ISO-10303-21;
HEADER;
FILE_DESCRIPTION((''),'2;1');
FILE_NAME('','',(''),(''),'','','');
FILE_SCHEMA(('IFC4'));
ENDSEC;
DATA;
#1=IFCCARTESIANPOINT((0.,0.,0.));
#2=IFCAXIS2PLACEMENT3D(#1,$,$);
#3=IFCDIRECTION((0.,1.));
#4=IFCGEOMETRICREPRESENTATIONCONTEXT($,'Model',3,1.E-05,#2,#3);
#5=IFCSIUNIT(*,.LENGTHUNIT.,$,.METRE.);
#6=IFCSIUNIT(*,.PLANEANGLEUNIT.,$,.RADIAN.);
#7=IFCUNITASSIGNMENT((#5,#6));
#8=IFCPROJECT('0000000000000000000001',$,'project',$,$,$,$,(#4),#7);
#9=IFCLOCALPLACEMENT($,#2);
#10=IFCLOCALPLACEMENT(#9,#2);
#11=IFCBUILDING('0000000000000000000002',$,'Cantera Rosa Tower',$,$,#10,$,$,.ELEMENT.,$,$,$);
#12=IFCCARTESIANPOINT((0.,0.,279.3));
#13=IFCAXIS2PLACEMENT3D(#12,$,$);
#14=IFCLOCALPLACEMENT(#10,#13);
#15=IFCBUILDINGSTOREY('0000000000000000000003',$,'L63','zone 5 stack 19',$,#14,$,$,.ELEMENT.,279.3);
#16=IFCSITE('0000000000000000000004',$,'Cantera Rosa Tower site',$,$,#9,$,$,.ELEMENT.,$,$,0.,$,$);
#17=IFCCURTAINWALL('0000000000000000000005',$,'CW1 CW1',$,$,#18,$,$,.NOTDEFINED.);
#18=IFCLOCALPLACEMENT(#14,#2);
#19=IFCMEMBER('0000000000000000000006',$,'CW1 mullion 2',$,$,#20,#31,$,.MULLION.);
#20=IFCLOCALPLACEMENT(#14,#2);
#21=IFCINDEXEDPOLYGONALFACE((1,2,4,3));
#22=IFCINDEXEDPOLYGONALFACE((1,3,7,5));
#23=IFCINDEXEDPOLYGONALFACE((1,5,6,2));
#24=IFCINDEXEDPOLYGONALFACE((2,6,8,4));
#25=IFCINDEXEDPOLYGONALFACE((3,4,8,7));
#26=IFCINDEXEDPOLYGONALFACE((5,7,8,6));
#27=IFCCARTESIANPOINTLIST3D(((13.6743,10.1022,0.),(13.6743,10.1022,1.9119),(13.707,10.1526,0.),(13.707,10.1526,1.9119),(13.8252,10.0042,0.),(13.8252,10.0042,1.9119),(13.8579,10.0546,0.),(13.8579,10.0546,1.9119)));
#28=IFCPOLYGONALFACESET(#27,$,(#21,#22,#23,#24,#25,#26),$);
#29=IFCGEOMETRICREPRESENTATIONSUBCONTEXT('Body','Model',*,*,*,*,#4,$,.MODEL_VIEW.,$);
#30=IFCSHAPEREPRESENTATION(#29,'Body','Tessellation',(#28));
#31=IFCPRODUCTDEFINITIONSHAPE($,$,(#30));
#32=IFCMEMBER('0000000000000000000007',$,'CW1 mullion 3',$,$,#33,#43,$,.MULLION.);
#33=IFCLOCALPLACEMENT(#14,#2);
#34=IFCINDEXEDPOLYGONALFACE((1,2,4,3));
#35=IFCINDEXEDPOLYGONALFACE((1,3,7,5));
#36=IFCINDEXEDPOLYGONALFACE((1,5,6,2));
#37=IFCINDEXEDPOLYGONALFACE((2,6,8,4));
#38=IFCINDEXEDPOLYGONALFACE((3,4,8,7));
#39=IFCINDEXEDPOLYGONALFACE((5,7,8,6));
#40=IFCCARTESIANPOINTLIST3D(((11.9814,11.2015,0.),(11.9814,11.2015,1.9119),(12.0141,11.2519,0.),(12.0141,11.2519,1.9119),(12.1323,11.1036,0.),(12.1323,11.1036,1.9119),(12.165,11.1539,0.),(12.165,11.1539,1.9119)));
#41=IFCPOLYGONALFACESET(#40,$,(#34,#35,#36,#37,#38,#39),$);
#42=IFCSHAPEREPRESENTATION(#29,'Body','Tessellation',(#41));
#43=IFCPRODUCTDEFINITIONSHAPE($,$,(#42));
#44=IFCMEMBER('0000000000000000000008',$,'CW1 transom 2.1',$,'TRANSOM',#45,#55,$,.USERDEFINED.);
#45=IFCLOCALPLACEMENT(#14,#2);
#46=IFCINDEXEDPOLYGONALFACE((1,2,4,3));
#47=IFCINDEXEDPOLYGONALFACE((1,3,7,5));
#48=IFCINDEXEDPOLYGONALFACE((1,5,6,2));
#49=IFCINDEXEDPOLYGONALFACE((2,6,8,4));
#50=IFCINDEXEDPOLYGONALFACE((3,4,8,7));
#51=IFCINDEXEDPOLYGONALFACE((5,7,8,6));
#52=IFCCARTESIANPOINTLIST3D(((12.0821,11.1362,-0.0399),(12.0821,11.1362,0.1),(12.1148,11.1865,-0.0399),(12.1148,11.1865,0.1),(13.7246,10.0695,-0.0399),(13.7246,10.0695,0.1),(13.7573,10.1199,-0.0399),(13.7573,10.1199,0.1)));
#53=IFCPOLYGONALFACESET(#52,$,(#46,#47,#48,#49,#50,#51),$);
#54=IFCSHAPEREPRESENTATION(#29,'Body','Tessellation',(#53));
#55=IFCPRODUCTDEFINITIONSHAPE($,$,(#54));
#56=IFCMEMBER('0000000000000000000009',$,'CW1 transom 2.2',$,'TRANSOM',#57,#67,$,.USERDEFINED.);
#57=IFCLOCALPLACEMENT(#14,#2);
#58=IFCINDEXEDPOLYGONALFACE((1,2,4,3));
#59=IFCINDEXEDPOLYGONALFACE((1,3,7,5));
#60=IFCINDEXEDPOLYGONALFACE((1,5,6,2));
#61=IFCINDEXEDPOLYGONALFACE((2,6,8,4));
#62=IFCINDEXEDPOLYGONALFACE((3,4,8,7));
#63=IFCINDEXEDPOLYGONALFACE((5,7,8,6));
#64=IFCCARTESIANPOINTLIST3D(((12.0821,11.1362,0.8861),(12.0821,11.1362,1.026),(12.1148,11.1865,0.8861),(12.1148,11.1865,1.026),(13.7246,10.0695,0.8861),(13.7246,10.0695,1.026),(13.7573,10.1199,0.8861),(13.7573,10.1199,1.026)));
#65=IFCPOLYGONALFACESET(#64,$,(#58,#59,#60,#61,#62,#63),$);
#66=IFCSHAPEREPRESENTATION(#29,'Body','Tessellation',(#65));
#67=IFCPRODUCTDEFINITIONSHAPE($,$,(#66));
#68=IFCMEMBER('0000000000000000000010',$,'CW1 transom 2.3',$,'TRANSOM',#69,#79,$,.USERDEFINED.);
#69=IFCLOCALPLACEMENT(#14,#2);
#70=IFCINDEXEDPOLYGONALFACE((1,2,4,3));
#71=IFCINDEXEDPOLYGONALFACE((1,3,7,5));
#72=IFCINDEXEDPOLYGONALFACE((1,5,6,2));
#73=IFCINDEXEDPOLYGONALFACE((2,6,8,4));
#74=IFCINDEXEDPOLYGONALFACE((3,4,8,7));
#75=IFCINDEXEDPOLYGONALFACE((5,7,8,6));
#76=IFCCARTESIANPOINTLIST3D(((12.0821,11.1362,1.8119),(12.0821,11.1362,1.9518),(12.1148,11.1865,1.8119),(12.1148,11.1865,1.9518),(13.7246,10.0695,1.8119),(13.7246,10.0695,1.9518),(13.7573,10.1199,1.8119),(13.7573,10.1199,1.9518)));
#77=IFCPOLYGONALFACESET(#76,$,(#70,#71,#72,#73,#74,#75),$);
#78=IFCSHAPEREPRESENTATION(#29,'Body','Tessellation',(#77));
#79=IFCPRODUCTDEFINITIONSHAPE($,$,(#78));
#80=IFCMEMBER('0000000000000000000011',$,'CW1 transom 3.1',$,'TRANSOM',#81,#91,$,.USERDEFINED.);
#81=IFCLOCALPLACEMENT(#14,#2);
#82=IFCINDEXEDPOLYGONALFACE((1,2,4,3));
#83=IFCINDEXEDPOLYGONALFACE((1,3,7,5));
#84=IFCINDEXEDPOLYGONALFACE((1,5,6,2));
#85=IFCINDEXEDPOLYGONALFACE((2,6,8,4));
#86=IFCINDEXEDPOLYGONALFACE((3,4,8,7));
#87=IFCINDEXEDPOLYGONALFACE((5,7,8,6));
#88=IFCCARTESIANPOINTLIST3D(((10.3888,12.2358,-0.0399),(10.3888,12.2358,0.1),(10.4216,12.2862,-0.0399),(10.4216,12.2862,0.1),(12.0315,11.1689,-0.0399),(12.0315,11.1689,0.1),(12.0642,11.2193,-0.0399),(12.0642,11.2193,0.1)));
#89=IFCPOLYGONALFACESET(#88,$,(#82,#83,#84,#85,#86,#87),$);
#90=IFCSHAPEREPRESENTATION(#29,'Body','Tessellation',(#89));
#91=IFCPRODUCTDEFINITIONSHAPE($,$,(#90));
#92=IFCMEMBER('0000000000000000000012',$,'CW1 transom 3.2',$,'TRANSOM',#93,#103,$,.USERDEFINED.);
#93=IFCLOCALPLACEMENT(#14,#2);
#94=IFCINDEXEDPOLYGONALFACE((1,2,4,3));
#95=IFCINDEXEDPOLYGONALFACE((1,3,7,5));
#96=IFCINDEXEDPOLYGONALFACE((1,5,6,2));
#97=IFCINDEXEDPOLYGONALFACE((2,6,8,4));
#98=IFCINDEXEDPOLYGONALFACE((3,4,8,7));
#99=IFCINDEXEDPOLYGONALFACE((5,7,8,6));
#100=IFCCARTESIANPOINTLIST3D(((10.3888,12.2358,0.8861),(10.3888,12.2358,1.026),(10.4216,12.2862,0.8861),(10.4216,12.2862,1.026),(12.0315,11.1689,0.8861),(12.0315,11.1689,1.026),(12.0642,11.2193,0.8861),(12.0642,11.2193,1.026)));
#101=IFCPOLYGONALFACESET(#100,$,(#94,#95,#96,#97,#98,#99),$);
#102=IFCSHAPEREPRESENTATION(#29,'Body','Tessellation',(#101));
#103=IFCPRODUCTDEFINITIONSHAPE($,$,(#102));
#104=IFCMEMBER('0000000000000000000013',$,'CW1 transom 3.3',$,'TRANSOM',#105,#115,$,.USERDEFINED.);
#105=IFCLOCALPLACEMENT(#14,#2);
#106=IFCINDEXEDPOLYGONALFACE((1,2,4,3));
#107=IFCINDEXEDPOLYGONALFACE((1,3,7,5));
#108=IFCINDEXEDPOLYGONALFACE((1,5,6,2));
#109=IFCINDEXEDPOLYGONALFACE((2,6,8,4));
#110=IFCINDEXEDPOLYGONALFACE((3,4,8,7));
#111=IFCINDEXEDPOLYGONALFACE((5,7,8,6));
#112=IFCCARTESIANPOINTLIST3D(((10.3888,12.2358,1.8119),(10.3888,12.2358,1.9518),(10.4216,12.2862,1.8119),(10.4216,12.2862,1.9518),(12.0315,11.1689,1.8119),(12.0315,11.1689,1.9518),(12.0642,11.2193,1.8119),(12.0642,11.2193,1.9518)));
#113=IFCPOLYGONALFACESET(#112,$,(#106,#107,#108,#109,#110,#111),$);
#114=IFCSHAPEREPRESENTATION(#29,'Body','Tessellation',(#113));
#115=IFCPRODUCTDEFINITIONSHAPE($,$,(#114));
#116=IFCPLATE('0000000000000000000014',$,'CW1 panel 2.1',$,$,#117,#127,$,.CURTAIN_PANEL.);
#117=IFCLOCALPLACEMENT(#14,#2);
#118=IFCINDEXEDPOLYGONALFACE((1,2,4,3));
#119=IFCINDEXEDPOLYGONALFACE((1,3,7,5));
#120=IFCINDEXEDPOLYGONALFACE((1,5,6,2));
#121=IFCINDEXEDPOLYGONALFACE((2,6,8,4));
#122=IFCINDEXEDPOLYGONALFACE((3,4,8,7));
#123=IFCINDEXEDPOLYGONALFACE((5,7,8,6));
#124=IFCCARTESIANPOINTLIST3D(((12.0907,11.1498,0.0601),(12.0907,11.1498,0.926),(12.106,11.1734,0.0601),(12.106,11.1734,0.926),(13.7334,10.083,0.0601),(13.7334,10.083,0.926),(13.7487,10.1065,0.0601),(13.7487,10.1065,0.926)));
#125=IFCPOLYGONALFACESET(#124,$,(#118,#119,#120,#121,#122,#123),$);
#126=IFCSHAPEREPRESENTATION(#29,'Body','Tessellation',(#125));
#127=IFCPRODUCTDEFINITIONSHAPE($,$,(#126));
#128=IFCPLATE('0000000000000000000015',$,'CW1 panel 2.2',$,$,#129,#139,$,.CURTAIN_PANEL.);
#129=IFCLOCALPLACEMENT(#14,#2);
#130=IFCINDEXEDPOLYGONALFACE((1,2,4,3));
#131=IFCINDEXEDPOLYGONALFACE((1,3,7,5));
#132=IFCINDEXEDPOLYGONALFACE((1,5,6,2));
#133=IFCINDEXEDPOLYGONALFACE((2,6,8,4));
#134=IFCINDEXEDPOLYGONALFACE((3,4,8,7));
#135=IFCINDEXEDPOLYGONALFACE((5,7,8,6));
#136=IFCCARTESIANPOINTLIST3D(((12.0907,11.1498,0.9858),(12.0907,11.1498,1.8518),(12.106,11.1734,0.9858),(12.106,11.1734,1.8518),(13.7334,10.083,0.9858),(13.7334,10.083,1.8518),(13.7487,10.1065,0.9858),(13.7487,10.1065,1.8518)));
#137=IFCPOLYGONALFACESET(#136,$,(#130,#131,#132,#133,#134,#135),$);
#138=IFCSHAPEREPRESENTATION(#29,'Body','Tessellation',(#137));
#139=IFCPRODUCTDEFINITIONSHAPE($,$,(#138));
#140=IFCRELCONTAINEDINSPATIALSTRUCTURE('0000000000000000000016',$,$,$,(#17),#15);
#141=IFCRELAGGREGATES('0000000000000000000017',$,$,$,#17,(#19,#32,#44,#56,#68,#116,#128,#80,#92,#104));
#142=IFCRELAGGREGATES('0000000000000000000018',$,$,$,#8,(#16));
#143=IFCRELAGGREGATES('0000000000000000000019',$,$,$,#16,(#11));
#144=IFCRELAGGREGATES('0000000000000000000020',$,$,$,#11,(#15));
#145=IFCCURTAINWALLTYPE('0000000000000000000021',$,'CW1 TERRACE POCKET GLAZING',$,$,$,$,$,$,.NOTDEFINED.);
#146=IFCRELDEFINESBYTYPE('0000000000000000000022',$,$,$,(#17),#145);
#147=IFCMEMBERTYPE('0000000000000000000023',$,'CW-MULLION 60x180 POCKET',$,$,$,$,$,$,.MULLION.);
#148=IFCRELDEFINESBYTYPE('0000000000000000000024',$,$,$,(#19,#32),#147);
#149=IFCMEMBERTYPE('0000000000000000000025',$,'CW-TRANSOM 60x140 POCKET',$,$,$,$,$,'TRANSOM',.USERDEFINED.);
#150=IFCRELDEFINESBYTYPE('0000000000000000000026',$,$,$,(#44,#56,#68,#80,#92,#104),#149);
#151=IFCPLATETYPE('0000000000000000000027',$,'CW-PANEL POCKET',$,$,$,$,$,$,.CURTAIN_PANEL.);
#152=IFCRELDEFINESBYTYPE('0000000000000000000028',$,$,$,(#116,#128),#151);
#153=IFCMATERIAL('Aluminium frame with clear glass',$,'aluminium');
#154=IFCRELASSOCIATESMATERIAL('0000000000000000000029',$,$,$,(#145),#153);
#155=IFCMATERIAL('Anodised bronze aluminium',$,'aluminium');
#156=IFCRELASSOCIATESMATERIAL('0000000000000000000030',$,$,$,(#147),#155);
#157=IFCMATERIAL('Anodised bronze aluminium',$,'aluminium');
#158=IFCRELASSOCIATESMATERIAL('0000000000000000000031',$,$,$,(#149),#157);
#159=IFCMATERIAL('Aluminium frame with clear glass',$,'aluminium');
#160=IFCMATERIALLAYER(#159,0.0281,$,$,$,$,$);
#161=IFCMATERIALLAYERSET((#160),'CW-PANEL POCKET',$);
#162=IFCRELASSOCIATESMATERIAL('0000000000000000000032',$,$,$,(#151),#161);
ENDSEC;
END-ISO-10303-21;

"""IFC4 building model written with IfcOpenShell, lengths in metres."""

from ifc_helpers import new_model, si_unit, direction, frame, origin, origin_2d, place, context, subcontext, project, spatial, rectangle, extrude, material, layer, layer_set, material_profile, profile_set, type_object, element, aggregate, save


model = new_model("IFC4")

# Units and contexts
model_context = context("Model", 3, precision=1e-05, world=origin(), true_north=direction((0.0, 1.0)))
body_context = subcontext(model_context, "Body", "Model", "MODEL_VIEW")
ifc_project = project(units=[si_unit("LENGTHUNIT", "METRE"), si_unit("PLANEANGLEUNIT", "RADIAN")], contexts=[model_context])

# Site, building, storey
site_placement = place(None, origin())
site = spatial("IfcSite", under=ifc_project, at=site_placement, Name="Cantera Rosa Tower site", CompositionType="ELEMENT", RefElevation=0.0)
building_placement = place(site_placement, origin())
building = spatial("IfcBuilding", under=site, at=building_placement, Name="Cantera Rosa Tower", CompositionType="ELEMENT")
storey_placement = place(building_placement, frame((0.0, 0.0, 279.3)))
storey = spatial("IfcBuildingStorey", under=building, at=storey_placement, Name="L63", Description="zone 5 stack 19", CompositionType="ELEMENT", Elevation=279.3)

# Curtain wall, members, plates
ifc_material_1 = material(Name="Aluminium frame with clear glass", Category="aluminium")
curtain_wall_type = type_object("IfcCurtainWallType", Name="CW1 TERRACE POCKET GLAZING", PredefinedType="NOTDEFINED", material=ifc_material_1)
curtain_wall_placement = place(storey_placement, origin())
curtain_wall = element("IfcCurtainWall", 1, at=curtain_wall_placement, inside=storey, type_object=curtain_wall_type, Name="CW1 CW1", PredefinedType="NOTDEFINED")
ifc_material_2 = material(Name="Anodised bronze aluminium", Category="aluminium")
ifc_material_profile_1 = material_profile(ifc_material_2, rectangle(XDim=0.0601, YDim=0.1799, at=origin_2d()), Name="CW-MULLION 60x180 POCKET")
ifc_profile_set_1 = profile_set([ifc_material_profile_1], Name="Anodised bronze aluminium")
member_type_1 = type_object("IfcMemberType", Name="CW-MULLION 60x180 POCKET", PredefinedType="MULLION", material=ifc_profile_set_1)
member_1_placement = place(storey_placement, frame((13.7661, 10.0784, 0.0), z_axis=(0.0, 0.0, 1.0), x_axis=(-0.544639, -0.838671, 0.0)))
member_1 = element("IfcMember", 2, at=member_1_placement, type_object=member_type_1, Name="CW1 mullion 2", PredefinedType="MULLION", context=body_context, shape_type="SweptSolid", body=[
    extrude(rectangle(XDim=0.0601, YDim=0.1799, at=origin_2d()), origin(), (0.0, 0.0, 1.0), 1.9119),
])
member_2_placement = place(storey_placement, frame((12.0732, 11.1777, 0.0), z_axis=(0.0, 0.0, 1.0), x_axis=(-0.544639, -0.838671, 0.0)))
member_2 = element("IfcMember", 3, at=member_2_placement, type_object=member_type_1, Name="CW1 mullion 3", PredefinedType="MULLION", context=body_context, shape_type="SweptSolid", body=[
    extrude(rectangle(XDim=0.0601, YDim=0.1799, at=origin_2d()), origin(), (0.0, 0.0, 1.0), 1.9119),
])
ifc_material_3 = material(Name="Anodised bronze aluminium", Category="aluminium")
ifc_material_profile_2 = material_profile(ifc_material_3, rectangle(XDim=0.0601, YDim=0.1399, at=origin_2d()), Name="CW-TRANSOM 60x140 POCKET")
ifc_profile_set_2 = profile_set([ifc_material_profile_2], Name="Anodised bronze aluminium")
member_type_2 = type_object("IfcMemberType", Name="CW-TRANSOM 60x140 POCKET", ElementType="TRANSOM", PredefinedType="USERDEFINED", material=ifc_profile_set_2)
member_3_placement = place(storey_placement, frame((13.741, 10.0947, 0.03), z_axis=(-0.838683, 0.54462, 0.0), x_axis=(-0.54462, -0.838683, 0.0)))
member_3 = element("IfcMember", 4, at=member_3_placement, type_object=member_type_2, Name="CW1 transom 2.1", ObjectType="TRANSOM", PredefinedType="USERDEFINED", context=body_context, shape_type="SweptSolid", body=[
    extrude(rectangle(XDim=0.0601, YDim=0.1399, at=origin_2d()), origin(), (0.0, 0.0, 1.0), 1.9585),
])
member_4_placement = place(storey_placement, frame((13.741, 10.0947, 0.9561), z_axis=(-0.838683, 0.54462, 0.0), x_axis=(-0.54462, -0.838683, 0.0)))
member_4 = element("IfcMember", 5, at=member_4_placement, type_object=member_type_2, Name="CW1 transom 2.2", ObjectType="TRANSOM", PredefinedType="USERDEFINED", context=body_context, shape_type="SweptSolid", body=[
    extrude(rectangle(XDim=0.0601, YDim=0.1399, at=origin_2d()), origin(), (0.0, 0.0, 1.0), 1.9585),
])
member_5_placement = place(storey_placement, frame((13.741, 10.0947, 1.8818), z_axis=(-0.838683, 0.54462, 0.0), x_axis=(-0.54462, -0.838683, 0.0)))
member_5 = element("IfcMember", 6, at=member_5_placement, type_object=member_type_2, Name="CW1 transom 2.3", ObjectType="TRANSOM", PredefinedType="USERDEFINED", context=body_context, shape_type="SweptSolid", body=[
    extrude(rectangle(XDim=0.0601, YDim=0.1399, at=origin_2d()), origin(), (0.0, 0.0, 1.0), 1.9585),
])
member_6_placement = place(storey_placement, frame((12.0479, 11.1941, 0.03), z_axis=(-0.838626, 0.544708, 0.0), x_axis=(-0.544708, -0.838626, 0.0)))
member_6 = element("IfcMember", 7, at=member_6_placement, type_object=member_type_2, Name="CW1 transom 3.1", ObjectType="TRANSOM", PredefinedType="USERDEFINED", context=body_context, shape_type="SweptSolid", body=[
    extrude(rectangle(XDim=0.0601, YDim=0.1399, at=origin_2d()), origin(), (0.0, 0.0, 1.0), 1.9587),
])
member_7_placement = place(storey_placement, frame((12.0479, 11.1941, 0.9561), z_axis=(-0.838626, 0.544708, 0.0), x_axis=(-0.544708, -0.838626, 0.0)))
member_7 = element("IfcMember", 8, at=member_7_placement, type_object=member_type_2, Name="CW1 transom 3.2", ObjectType="TRANSOM", PredefinedType="USERDEFINED", context=body_context, shape_type="SweptSolid", body=[
    extrude(rectangle(XDim=0.0601, YDim=0.1399, at=origin_2d()), origin(), (0.0, 0.0, 1.0), 1.9587),
])
member_8_placement = place(storey_placement, frame((12.0479, 11.1941, 1.8818), z_axis=(-0.838626, 0.544708, 0.0), x_axis=(-0.544708, -0.838626, 0.0)))
member_8 = element("IfcMember", 9, at=member_8_placement, type_object=member_type_2, Name="CW1 transom 3.3", ObjectType="TRANSOM", PredefinedType="USERDEFINED", context=body_context, shape_type="SweptSolid", body=[
    extrude(rectangle(XDim=0.0601, YDim=0.1399, at=origin_2d()), origin(), (0.0, 0.0, 1.0), 1.9587),
])
ifc_material_4 = material(Name="Aluminium frame with clear glass", Category="aluminium")
ifc_layer_1 = layer(ifc_material_4, 0.0281)
ifc_layer_set_1 = layer_set([ifc_layer_1], Name="CW-PANEL POCKET")
plate_type = type_object("IfcPlateType", Name="CW-PANEL POCKET", PredefinedType="CURTAIN_PANEL", material=ifc_layer_set_1)
plate_1_placement = place(storey_placement, frame((12.9197, 10.6282, 0.0601), z_axis=(0.0, 0.0, 1.0), x_axis=(-0.838671, 0.544639, 0.0)))
plate_1 = element("IfcPlate", 10, at=plate_1_placement, type_object=plate_type, Name="CW1 panel 2.1", PredefinedType="CURTAIN_PANEL", context=body_context, shape_type="SweptSolid", body=[
    extrude(rectangle(XDim=1.9587, YDim=0.0281, at=origin_2d()), origin(), (0.0, 0.0, 1.0), 0.866),
])
plate_2_placement = place(storey_placement, frame((12.9197, 10.6282, 0.9858), z_axis=(0.0, 0.0, 1.0), x_axis=(-0.838671, 0.544639, 0.0)))
plate_2 = element("IfcPlate", 11, at=plate_2_placement, type_object=plate_type, Name="CW1 panel 2.2", PredefinedType="CURTAIN_PANEL", context=body_context, shape_type="SweptSolid", body=[
    extrude(rectangle(XDim=1.9587, YDim=0.0281, at=origin_2d()), origin(), (0.0, 0.0, 1.0), 0.866),
])
aggregate(curtain_wall, [member_1, member_2, member_3, member_4, member_5, plate_1, plate_2, member_6, member_7, member_8])

save(model, "model.ifc")
